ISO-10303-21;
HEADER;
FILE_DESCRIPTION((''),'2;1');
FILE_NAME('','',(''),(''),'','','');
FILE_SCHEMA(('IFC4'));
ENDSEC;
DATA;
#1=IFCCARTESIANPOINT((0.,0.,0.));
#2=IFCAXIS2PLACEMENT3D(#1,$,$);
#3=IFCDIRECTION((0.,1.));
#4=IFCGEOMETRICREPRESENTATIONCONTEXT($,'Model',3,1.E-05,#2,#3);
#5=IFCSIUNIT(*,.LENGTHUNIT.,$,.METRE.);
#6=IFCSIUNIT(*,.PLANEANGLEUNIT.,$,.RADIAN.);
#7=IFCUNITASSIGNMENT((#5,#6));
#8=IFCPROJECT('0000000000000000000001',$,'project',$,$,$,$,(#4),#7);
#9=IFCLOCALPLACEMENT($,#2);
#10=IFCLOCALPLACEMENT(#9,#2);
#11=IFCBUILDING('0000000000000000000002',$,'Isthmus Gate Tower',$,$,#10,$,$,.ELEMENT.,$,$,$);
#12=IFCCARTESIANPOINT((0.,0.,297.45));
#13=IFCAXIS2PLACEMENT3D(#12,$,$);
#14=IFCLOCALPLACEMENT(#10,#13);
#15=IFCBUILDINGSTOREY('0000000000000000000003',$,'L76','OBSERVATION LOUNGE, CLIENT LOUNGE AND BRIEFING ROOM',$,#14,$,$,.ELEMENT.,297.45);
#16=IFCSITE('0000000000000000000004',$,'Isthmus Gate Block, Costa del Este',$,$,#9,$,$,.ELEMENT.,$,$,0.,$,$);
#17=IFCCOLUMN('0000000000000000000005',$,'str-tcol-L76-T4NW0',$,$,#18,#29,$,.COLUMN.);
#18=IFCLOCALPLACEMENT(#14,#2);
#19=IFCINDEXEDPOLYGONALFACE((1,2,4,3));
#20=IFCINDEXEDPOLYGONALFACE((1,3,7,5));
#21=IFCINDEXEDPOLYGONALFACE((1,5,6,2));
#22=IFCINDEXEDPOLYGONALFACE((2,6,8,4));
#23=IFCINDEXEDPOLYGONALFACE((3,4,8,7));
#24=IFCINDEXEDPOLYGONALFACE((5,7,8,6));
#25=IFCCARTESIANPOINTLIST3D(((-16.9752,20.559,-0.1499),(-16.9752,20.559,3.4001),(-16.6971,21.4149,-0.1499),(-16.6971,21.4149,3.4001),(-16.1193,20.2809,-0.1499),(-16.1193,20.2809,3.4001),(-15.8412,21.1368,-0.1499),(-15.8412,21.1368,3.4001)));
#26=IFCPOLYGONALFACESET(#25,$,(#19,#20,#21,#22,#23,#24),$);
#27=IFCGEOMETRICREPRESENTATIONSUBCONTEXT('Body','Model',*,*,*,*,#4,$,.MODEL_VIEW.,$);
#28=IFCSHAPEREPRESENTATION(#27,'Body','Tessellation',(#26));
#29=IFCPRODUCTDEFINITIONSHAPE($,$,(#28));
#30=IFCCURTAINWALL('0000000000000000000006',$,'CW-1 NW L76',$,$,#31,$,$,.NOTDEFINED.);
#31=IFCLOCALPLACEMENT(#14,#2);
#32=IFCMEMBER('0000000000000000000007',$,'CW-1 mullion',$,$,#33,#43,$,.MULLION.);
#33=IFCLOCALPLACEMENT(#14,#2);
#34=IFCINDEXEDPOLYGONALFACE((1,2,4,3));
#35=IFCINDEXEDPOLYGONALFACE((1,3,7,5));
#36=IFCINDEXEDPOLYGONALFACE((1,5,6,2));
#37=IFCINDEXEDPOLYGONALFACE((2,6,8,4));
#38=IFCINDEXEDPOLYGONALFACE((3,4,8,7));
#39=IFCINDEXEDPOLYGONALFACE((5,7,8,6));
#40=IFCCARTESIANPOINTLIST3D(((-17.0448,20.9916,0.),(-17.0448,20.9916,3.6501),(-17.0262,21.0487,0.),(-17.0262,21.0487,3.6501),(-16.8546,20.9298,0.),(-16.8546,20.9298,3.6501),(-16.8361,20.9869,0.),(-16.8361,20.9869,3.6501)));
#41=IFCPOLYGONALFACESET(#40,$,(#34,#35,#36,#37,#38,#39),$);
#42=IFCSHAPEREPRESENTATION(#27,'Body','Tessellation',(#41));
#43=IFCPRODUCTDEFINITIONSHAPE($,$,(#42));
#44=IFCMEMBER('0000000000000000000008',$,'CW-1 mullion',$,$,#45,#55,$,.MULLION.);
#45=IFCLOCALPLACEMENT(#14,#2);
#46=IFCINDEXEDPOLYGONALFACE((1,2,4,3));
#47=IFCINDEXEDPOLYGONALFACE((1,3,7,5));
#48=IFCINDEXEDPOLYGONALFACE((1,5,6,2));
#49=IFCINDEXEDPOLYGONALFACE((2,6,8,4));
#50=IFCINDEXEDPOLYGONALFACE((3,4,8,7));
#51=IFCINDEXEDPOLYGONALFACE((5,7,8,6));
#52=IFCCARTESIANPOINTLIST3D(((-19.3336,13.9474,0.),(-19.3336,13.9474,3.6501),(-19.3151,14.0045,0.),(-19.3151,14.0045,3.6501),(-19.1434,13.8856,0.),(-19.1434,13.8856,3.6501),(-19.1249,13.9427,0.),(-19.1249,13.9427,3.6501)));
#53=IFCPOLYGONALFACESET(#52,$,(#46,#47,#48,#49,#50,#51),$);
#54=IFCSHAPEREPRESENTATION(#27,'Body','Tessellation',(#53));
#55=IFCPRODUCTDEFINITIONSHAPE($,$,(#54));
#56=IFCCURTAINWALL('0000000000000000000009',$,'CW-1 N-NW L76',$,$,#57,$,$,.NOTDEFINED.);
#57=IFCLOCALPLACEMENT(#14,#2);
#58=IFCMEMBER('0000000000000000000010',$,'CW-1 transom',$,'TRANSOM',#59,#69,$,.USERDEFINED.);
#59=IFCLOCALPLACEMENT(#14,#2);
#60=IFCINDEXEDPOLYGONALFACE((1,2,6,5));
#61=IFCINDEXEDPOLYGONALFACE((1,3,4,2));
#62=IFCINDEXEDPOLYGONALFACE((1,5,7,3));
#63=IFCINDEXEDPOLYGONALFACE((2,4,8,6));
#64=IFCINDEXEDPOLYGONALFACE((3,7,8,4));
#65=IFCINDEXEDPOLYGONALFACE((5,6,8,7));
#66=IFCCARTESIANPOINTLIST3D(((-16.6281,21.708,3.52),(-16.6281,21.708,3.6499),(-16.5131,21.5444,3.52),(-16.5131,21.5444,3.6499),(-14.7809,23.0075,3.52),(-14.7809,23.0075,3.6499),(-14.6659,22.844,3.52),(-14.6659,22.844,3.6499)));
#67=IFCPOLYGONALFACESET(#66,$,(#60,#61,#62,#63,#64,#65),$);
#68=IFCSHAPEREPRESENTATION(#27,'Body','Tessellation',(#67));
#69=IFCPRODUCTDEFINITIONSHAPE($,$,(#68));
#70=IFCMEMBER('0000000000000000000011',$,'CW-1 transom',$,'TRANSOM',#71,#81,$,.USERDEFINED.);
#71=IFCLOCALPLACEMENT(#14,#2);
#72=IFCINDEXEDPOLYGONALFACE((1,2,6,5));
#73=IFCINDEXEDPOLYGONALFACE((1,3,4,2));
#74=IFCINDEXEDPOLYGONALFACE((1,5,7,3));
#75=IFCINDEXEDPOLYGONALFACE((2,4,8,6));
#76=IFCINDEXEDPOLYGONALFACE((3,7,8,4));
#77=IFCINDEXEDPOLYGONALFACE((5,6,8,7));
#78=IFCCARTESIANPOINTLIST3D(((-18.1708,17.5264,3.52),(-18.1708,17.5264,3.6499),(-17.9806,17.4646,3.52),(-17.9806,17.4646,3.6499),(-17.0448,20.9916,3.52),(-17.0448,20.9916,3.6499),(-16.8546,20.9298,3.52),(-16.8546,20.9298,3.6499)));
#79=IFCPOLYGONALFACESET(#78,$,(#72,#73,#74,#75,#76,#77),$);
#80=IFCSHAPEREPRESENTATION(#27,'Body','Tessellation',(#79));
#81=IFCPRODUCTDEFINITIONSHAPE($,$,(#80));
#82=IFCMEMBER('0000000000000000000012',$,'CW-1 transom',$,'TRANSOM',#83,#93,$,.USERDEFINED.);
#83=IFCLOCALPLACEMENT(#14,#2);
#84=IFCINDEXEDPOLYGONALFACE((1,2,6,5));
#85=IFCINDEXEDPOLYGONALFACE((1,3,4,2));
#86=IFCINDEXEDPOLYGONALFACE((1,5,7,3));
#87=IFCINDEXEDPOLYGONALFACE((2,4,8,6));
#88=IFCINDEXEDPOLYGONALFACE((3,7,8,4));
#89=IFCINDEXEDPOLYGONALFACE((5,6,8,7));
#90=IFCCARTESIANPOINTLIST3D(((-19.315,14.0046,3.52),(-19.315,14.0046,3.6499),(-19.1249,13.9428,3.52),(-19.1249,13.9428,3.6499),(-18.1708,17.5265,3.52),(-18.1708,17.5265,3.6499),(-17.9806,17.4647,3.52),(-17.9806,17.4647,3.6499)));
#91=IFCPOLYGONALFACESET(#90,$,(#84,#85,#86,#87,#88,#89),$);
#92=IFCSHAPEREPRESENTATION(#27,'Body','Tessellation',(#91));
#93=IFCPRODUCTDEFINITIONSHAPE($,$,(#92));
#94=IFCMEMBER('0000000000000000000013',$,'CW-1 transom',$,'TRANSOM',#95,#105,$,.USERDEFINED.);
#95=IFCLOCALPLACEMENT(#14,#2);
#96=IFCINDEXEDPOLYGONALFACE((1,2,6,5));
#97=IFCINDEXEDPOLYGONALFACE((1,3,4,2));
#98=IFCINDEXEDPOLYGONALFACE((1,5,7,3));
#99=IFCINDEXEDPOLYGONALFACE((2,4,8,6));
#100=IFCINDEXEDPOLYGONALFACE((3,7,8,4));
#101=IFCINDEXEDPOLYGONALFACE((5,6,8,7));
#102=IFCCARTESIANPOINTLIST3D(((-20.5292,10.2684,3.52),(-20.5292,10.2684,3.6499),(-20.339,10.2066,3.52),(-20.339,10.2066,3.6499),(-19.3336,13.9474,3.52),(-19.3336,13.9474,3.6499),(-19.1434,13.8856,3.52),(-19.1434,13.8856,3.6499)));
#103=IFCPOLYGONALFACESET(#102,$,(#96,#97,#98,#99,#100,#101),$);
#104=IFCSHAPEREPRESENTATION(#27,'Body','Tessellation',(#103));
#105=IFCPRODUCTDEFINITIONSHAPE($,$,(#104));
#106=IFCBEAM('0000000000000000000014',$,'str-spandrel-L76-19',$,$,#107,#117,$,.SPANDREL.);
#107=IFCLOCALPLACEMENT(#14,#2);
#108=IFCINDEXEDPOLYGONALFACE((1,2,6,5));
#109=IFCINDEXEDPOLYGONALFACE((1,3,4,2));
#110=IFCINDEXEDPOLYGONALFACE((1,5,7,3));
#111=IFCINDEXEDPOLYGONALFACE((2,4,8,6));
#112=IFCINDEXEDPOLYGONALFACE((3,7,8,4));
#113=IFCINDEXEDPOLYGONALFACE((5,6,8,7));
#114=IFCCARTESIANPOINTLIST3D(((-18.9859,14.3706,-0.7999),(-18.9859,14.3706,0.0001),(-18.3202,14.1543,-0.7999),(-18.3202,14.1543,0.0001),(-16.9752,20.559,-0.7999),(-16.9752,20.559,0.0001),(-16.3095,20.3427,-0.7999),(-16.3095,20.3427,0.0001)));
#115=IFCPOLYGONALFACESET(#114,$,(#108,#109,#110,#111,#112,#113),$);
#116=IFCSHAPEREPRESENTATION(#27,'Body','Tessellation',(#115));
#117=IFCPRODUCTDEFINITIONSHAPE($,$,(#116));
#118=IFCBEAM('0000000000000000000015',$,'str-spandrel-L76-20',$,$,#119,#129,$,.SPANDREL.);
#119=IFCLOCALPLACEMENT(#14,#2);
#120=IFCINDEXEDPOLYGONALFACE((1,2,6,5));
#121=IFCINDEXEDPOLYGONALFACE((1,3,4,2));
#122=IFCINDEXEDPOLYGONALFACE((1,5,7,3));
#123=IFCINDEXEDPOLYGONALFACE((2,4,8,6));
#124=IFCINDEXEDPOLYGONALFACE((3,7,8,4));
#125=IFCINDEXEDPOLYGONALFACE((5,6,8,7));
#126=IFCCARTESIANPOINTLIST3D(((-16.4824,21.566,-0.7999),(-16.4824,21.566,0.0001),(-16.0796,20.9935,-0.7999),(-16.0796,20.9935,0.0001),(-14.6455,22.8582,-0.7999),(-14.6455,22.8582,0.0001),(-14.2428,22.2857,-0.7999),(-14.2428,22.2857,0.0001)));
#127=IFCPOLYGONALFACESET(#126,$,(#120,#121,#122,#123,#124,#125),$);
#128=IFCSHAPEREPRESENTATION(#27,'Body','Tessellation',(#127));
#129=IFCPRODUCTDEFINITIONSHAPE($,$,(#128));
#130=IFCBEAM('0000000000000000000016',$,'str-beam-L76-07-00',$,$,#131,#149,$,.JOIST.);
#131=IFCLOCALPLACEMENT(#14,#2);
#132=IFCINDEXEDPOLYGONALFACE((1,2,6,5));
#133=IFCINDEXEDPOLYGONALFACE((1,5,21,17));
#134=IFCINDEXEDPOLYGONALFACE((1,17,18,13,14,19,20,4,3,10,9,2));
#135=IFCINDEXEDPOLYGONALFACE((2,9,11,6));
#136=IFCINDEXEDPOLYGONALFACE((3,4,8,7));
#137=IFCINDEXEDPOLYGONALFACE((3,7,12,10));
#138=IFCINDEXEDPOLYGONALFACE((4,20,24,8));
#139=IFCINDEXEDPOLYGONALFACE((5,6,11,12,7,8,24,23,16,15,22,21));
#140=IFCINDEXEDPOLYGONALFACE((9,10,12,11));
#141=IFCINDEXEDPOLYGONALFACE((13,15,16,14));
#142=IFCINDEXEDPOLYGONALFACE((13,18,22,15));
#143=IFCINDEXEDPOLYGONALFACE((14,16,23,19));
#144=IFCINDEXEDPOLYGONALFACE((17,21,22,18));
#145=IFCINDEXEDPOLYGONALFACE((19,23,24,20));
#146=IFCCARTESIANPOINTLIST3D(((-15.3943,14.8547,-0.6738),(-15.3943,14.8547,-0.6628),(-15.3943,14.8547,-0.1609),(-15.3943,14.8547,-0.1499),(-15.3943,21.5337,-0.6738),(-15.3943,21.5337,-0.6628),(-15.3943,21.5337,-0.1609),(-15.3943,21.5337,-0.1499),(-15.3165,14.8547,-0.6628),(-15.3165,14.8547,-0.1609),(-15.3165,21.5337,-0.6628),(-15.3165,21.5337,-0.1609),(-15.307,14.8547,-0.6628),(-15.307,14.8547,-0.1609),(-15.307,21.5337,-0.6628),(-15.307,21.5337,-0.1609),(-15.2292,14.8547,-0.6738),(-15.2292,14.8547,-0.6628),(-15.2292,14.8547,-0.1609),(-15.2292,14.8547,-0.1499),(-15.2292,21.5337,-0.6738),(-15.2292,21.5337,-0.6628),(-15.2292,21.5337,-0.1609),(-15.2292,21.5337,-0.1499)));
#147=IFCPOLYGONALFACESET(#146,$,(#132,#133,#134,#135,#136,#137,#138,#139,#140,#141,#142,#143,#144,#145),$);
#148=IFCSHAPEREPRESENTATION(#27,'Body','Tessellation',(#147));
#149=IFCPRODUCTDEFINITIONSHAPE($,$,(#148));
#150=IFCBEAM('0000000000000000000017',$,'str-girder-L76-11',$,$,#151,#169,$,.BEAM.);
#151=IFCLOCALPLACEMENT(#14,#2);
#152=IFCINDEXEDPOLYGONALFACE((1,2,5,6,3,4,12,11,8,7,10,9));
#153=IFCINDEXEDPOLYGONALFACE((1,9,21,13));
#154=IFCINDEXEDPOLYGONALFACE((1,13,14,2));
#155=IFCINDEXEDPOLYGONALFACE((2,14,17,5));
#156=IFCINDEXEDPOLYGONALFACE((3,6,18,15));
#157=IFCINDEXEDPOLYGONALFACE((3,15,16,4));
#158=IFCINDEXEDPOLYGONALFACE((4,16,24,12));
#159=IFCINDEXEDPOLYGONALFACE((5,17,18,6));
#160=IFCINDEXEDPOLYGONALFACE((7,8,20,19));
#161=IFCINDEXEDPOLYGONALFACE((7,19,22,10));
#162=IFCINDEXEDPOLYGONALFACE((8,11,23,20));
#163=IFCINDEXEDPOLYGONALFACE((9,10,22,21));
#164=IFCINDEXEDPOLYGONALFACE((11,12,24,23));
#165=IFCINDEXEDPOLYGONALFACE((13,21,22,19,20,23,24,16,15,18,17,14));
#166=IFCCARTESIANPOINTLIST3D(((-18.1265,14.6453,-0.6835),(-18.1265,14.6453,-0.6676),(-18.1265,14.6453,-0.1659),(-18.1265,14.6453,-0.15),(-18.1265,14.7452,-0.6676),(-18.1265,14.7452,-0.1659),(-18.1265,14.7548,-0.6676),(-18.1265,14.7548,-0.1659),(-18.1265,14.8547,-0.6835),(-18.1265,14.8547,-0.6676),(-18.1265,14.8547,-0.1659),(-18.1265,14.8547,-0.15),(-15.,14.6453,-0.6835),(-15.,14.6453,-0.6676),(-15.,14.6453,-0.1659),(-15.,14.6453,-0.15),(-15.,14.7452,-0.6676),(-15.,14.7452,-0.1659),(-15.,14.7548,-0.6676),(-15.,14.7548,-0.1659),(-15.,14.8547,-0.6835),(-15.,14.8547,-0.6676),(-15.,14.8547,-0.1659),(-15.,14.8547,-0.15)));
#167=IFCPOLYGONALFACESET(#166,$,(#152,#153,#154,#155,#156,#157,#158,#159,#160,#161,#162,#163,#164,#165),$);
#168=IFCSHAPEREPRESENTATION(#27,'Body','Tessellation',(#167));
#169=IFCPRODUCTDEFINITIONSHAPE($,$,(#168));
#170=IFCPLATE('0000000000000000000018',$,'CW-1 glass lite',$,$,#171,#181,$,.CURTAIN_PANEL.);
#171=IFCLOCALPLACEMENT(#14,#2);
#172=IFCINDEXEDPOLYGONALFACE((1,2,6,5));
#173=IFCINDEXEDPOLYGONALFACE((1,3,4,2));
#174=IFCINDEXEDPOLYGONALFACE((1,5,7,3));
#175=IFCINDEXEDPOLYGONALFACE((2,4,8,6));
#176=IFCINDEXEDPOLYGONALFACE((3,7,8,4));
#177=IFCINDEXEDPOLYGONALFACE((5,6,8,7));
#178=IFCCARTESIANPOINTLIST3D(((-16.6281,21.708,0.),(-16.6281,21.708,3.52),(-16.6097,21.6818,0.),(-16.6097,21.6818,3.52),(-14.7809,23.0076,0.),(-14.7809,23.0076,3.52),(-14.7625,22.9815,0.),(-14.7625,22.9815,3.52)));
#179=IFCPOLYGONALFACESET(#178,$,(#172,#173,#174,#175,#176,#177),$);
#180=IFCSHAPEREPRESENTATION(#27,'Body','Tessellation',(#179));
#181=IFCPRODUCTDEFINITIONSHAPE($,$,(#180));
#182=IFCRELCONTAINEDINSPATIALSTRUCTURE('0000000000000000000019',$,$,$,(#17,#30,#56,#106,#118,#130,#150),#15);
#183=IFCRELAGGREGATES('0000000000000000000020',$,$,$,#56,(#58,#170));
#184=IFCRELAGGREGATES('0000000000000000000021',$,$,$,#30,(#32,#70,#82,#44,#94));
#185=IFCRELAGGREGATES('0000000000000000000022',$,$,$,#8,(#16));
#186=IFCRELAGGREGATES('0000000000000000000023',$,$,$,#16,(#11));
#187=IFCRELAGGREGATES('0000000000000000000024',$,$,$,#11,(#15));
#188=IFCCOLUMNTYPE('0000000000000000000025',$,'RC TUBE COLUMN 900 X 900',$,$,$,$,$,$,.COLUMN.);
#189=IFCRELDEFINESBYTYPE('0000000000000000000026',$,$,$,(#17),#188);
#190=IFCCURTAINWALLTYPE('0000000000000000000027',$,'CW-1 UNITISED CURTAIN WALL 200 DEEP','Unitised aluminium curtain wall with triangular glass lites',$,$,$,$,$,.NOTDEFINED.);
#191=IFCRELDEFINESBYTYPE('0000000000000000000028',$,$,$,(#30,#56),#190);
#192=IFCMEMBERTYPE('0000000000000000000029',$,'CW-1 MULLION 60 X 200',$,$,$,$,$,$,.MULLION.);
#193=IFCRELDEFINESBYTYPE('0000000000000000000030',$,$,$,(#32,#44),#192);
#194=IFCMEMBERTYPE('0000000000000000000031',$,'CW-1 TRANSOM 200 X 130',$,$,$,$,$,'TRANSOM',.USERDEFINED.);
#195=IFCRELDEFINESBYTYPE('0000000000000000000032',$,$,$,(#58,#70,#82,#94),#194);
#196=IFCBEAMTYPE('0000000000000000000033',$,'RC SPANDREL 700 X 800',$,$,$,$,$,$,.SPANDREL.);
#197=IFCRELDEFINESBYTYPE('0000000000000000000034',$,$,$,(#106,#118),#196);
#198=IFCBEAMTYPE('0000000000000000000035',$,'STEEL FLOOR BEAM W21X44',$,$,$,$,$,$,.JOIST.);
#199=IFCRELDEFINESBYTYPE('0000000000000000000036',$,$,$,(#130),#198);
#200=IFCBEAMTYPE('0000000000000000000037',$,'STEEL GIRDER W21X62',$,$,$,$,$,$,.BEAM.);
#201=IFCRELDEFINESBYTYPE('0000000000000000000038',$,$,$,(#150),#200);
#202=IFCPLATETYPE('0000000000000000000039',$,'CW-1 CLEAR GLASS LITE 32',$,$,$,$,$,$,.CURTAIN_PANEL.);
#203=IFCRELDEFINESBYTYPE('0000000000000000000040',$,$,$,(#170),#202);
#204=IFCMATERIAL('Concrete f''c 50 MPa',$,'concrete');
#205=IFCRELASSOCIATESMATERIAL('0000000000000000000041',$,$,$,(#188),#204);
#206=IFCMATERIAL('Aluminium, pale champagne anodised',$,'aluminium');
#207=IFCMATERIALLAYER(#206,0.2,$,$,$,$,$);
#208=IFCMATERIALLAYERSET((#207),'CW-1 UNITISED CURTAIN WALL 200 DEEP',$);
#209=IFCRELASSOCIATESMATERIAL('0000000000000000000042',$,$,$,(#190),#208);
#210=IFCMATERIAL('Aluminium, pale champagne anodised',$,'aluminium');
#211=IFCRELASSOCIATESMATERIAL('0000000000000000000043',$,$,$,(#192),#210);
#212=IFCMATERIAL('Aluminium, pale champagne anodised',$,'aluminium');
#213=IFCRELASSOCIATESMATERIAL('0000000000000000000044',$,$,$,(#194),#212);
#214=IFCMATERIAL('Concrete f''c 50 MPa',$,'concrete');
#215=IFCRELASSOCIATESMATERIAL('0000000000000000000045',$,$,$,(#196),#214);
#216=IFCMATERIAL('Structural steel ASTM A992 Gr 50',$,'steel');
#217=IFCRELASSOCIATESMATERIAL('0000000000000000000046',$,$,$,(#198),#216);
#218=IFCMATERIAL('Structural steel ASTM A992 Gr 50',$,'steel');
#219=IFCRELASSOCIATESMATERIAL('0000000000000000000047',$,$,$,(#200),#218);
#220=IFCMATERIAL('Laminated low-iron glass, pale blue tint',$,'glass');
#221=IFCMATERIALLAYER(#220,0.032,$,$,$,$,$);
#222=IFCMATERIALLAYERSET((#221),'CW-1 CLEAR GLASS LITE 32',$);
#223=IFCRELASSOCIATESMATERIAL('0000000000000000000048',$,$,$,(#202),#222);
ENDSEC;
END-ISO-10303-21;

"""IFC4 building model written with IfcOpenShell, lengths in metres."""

from ifc_helpers import new_model, si_unit, direction, frame, origin, origin_2d, place, context, subcontext, project, spatial, rectangle, i_section, extrude, material, layer, layer_set, material_profile, profile_set, type_object, element, aggregate, save


model = new_model("IFC4")

# Units and contexts
model_context = context("Model", 3, precision=1e-05, world=origin(), true_north=direction((0.0, 1.0)))
body_context = subcontext(model_context, "Body", "Model", "MODEL_VIEW")
ifc_project = project(units=[si_unit("LENGTHUNIT", "METRE"), si_unit("PLANEANGLEUNIT", "RADIAN")], contexts=[model_context])

# Site, building, storey
site_placement = place(None, origin())
site = spatial("IfcSite", under=ifc_project, at=site_placement, Name="Isthmus Gate Block, Costa del Este", CompositionType="ELEMENT", RefElevation=0.0)
building_placement = place(site_placement, origin())
building = spatial("IfcBuilding", under=site, at=building_placement, Name="Isthmus Gate Tower", CompositionType="ELEMENT")
storey_placement = place(building_placement, frame((0.0, 0.0, 297.45)))
storey = spatial("IfcBuildingStorey", under=building, at=storey_placement, Name="L76", Description="OBSERVATION LOUNGE, CLIENT LOUNGE AND BRIEFING ROOM", CompositionType="ELEMENT", Elevation=297.45)

# Column
ifc_material_1 = material(Name="Concrete f'c 50 MPa", Category="concrete")
ifc_material_profile_1 = material_profile(ifc_material_1, rectangle(XDim=0.8999, YDim=0.8999, at=origin_2d()), Name="RC 900X900")
ifc_profile_set_1 = profile_set([ifc_material_profile_1], Name="Concrete f'c 50 MPa")
column_type = type_object("IfcColumnType", Name="RC TUBE COLUMN 900 X 900", PredefinedType="COLUMN", material=ifc_profile_set_1)
column_placement = place(storey_placement, frame((-16.4082, 20.8479, -0.1499), z_axis=(0.0, 0.0, 1.0), x_axis=(-0.309017, -0.951057, 0.0)))
element("IfcColumn", 1, at=column_placement, inside=storey, type_object=column_type, Name="str-tcol-L76-T4NW0", PredefinedType="COLUMN", context=body_context, shape_type="SweptSolid", body=[
    extrude(rectangle(XDim=0.8999, YDim=0.8999, at=origin_2d()), origin(), (0.0, 0.0, 1.0), 3.55),
])

# Curtain wall, members
ifc_material_2 = material(Name="Aluminium, pale champagne anodised", Category="aluminium")
ifc_layer_1 = layer(ifc_material_2, 0.2)
ifc_layer_set_1 = layer_set([ifc_layer_1], Name="CW-1 UNITISED CURTAIN WALL 200 DEEP")
curtain_wall_type = type_object("IfcCurtainWallType", Name="CW-1 UNITISED CURTAIN WALL 200 DEEP", Description="Unitised aluminium curtain wall with triangular glass lites", PredefinedType="NOTDEFINED", material=ifc_layer_set_1)
curtain_wall_1_placement = place(storey_placement, origin())
curtain_wall_1 = element("IfcCurtainWall", 2, at=curtain_wall_1_placement, inside=storey, type_object=curtain_wall_type, Name="CW-1 NW L76", PredefinedType="NOTDEFINED")
ifc_material_3 = material(Name="Aluminium, pale champagne anodised", Category="aluminium")
ifc_material_profile_2 = material_profile(ifc_material_3, rectangle(XDim=0.0601, YDim=0.2, at=origin_2d()), Name="60x200")
ifc_profile_set_2 = profile_set([ifc_material_profile_2], Name="Aluminium, pale champagne anodised")
member_type_1 = type_object("IfcMemberType", Name="CW-1 MULLION 60 X 200", PredefinedType="MULLION", material=ifc_profile_set_2)
member_1_placement = place(storey_placement, frame((-16.9404, 20.9893, 0.0), z_axis=(0.0, 0.0, 1.0), x_axis=(-0.309017, -0.951057, 0.0)))
member_1 = element("IfcMember", 3, at=member_1_placement, type_object=member_type_1, Name="CW-1 mullion", PredefinedType="MULLION", context=body_context, shape_type="SweptSolid", body=[
    extrude(rectangle(XDim=0.0601, YDim=0.2, at=origin_2d()), origin(), (0.0, 0.0, 1.0), 3.6501),
])
member_2_placement = place(storey_placement, frame((-19.2292, 13.9451, 0.0), z_axis=(0.0, 0.0, 1.0), x_axis=(-0.309017, -0.951057, 0.0)))
member_2 = element("IfcMember", 4, at=member_2_placement, type_object=member_type_1, Name="CW-1 mullion", PredefinedType="MULLION", context=body_context, shape_type="SweptSolid", body=[
    extrude(rectangle(XDim=0.0601, YDim=0.2, at=origin_2d()), origin(), (0.0, 0.0, 1.0), 3.6501),
])

# Curtain wall, member
curtain_wall_2_placement = place(storey_placement, origin())
curtain_wall_2 = element("IfcCurtainWall", 5, at=curtain_wall_2_placement, inside=storey, type_object=curtain_wall_type, Name="CW-1 N-NW L76", PredefinedType="NOTDEFINED")
ifc_material_4 = material(Name="Aluminium, pale champagne anodised", Category="aluminium")
ifc_material_profile_3 = material_profile(ifc_material_4, rectangle(XDim=0.2, YDim=0.1299, at=origin_2d()), Name="200x130")
ifc_profile_set_3 = profile_set([ifc_material_profile_3], Name="Aluminium, pale champagne anodised")
member_type_2 = type_object("IfcMemberType", Name="CW-1 TRANSOM 200 X 130", ElementType="TRANSOM", PredefinedType="USERDEFINED", material=ifc_profile_set_3)
member_3_placement = place(storey_placement, frame((-14.7234, 22.9258, 3.585), z_axis=(-0.817869, -0.575405, 0.0), x_axis=(0.575405, -0.817869, 0.0)))
member_3 = element("IfcMember", 6, at=member_3_placement, type_object=member_type_2, Name="CW-1 transom", ObjectType="TRANSOM", PredefinedType="USERDEFINED", context=body_context, shape_type="SweptSolid", body=[
    extrude(rectangle(XDim=0.2, YDim=0.1299, at=origin_2d()), origin(), (0.0, 0.0, 1.0), 2.2585),
])

# Members
member_4_placement = place(storey_placement, frame((-16.9497, 20.9607, 3.585), z_axis=(-0.309042, -0.951048, 0.0), x_axis=(0.951048, -0.309042, 0.0)))
member_4 = element("IfcMember", 7, at=member_4_placement, type_object=member_type_2, Name="CW-1 transom", ObjectType="TRANSOM", PredefinedType="USERDEFINED", context=body_context, shape_type="SweptSolid", body=[
    extrude(rectangle(XDim=0.2, YDim=0.1299, at=origin_2d()), origin(), (0.0, 0.0, 1.0), 3.6436),
])
member_5_placement = place(storey_placement, frame((-18.0757, 17.4956, 3.585), z_axis=(-0.309, -0.951062, 0.0), x_axis=(0.951062, -0.309, 0.0)))
member_5 = element("IfcMember", 8, at=member_5_placement, type_object=member_type_2, Name="CW-1 transom", ObjectType="TRANSOM", PredefinedType="USERDEFINED", context=body_context, shape_type="SweptSolid", body=[
    extrude(rectangle(XDim=0.2, YDim=0.1299, at=origin_2d()), origin(), (0.0, 0.0, 1.0), 3.7031),
])
member_6_placement = place(storey_placement, frame((-19.2385, 13.9165, 3.585), z_axis=(-0.309062, -0.951042, 0.0), x_axis=(0.951042, -0.309062, 0.0)))
member_6 = element("IfcMember", 9, at=member_6_placement, type_object=member_type_2, Name="CW-1 transom", ObjectType="TRANSOM", PredefinedType="USERDEFINED", context=body_context, shape_type="SweptSolid", body=[
    extrude(rectangle(XDim=0.2, YDim=0.1299, at=origin_2d()), origin(), (0.0, 0.0, 1.0), 3.8684),
])

# Beams
ifc_material_5 = material(Name="Concrete f'c 50 MPa", Category="concrete")
ifc_material_profile_4 = material_profile(ifc_material_5, rectangle(XDim=0.7, YDim=0.8, at=origin_2d()), Name="RC 700X800")
ifc_profile_set_4 = profile_set([ifc_material_profile_4], Name="Concrete f'c 50 MPa")
beam_type_1 = type_object("IfcBeamType", Name="RC SPANDREL 700 X 800", PredefinedType="SPANDREL", material=ifc_profile_set_4)
beam_1_placement = place(storey_placement, frame((-18.6531, 14.2625, -0.3999), z_axis=(0.309015, 0.951057, 0.0), x_axis=(-0.951057, 0.309015, 0.0)))
element("IfcBeam", 10, at=beam_1_placement, inside=storey, type_object=beam_type_1, Name="str-spandrel-L76-19", PredefinedType="SPANDREL", context=body_context, shape_type="SweptSolid", body=[
    extrude(rectangle(XDim=0.7, YDim=0.8, at=origin_2d()), origin(), (0.0, 0.0, 1.0), 6.5068),
])
beam_2_placement = place(storey_placement, frame((-16.281, 21.2798, -0.3999), z_axis=(0.817892, 0.575372, 0.0), x_axis=(-0.575372, 0.817892, 0.0)))
element("IfcBeam", 11, at=beam_2_placement, inside=storey, type_object=beam_type_1, Name="str-spandrel-L76-20", PredefinedType="SPANDREL", context=body_context, shape_type="SweptSolid", body=[
    extrude(rectangle(XDim=0.7, YDim=0.8, at=origin_2d()), origin(), (0.0, 0.0, 1.0), 2.2458),
])
ifc_material_6 = material(Name="Structural steel ASTM A992 Gr 50", Category="steel")
ifc_material_profile_5 = material_profile(ifc_material_6, i_section(OverallWidth=0.165, OverallDepth=0.5239, WebThickness=0.0095, FlangeThickness=0.011, at=origin_2d()), Name="W21X44")
ifc_profile_set_5 = profile_set([ifc_material_profile_5], Name="Structural steel ASTM A992 Gr 50")
beam_type_2 = type_object("IfcBeamType", Name="STEEL FLOOR BEAM W21X44", PredefinedType="JOIST", material=ifc_profile_set_5)
beam_3_placement = place(storey_placement, frame((-15.3118, 14.8547, -0.4119), z_axis=(0.0, 1.0, 0.0), x_axis=(-1.0, 0.0, 0.0)))
element("IfcBeam", 12, at=beam_3_placement, inside=storey, type_object=beam_type_2, Name="str-beam-L76-07-00", PredefinedType="JOIST", context=body_context, shape_type="SweptSolid", body=[
    extrude(i_section(OverallWidth=0.165, OverallDepth=0.5239, WebThickness=0.0095, FlangeThickness=0.011, at=origin_2d()), origin(), (0.0, 0.0, 1.0), 6.679),
])
ifc_material_7 = material(Name="Structural steel ASTM A992 Gr 50", Category="steel")
ifc_material_profile_6 = material_profile(ifc_material_7, i_section(OverallWidth=0.2095, OverallDepth=0.5334, WebThickness=0.0095, FlangeThickness=0.0159, at=origin_2d()), Name="W21X62")
ifc_profile_set_6 = profile_set([ifc_material_profile_6], Name="Structural steel ASTM A992 Gr 50")
beam_type_3 = type_object("IfcBeamType", Name="STEEL GIRDER W21X62", PredefinedType="BEAM", material=ifc_profile_set_6)
beam_4_placement = place(storey_placement, frame((-15.0, 14.75, -0.4167), z_axis=(-1.0, 0.0, 0.0), x_axis=(0.0, -1.0, 0.0)))
element("IfcBeam", 13, at=beam_4_placement, inside=storey, type_object=beam_type_3, Name="str-girder-L76-11", PredefinedType="BEAM", context=body_context, shape_type="SweptSolid", body=[
    extrude(i_section(OverallWidth=0.2095, OverallDepth=0.5334, WebThickness=0.0095, FlangeThickness=0.0159, at=origin_2d()), origin(), (0.0, 0.0, 1.0), 3.1265),
])

# Plate
ifc_material_8 = material(Name="Laminated low-iron glass, pale blue tint", Category="glass")
ifc_layer_2 = layer(ifc_material_8, 0.032)
ifc_layer_set_2 = layer_set([ifc_layer_2], Name="CW-1 CLEAR GLASS LITE 32")
plate_type = type_object("IfcPlateType", Name="CW-1 CLEAR GLASS LITE 32", PredefinedType="CURTAIN_PANEL", material=ifc_layer_set_2)
plate_placement = place(storey_placement, frame((-15.6953, 22.3447, 0.0), z_axis=(0.0, 0.0, 1.0), x_axis=(-0.81786, -0.575418, 0.0)))
plate = element("IfcPlate", 14, at=plate_placement, type_object=plate_type, Name="CW-1 glass lite", PredefinedType="CURTAIN_PANEL", context=body_context, shape_type="SweptSolid", body=[
    extrude(rectangle(XDim=2.2585, YDim=0.032, at=origin_2d()), origin(), (0.0, 0.0, 1.0), 3.52),
])
aggregate(curtain_wall_2, [member_3, plate])

aggregate(curtain_wall_1, [member_1, member_4, member_5, member_2, member_6])

save(model, "model.ifc")
